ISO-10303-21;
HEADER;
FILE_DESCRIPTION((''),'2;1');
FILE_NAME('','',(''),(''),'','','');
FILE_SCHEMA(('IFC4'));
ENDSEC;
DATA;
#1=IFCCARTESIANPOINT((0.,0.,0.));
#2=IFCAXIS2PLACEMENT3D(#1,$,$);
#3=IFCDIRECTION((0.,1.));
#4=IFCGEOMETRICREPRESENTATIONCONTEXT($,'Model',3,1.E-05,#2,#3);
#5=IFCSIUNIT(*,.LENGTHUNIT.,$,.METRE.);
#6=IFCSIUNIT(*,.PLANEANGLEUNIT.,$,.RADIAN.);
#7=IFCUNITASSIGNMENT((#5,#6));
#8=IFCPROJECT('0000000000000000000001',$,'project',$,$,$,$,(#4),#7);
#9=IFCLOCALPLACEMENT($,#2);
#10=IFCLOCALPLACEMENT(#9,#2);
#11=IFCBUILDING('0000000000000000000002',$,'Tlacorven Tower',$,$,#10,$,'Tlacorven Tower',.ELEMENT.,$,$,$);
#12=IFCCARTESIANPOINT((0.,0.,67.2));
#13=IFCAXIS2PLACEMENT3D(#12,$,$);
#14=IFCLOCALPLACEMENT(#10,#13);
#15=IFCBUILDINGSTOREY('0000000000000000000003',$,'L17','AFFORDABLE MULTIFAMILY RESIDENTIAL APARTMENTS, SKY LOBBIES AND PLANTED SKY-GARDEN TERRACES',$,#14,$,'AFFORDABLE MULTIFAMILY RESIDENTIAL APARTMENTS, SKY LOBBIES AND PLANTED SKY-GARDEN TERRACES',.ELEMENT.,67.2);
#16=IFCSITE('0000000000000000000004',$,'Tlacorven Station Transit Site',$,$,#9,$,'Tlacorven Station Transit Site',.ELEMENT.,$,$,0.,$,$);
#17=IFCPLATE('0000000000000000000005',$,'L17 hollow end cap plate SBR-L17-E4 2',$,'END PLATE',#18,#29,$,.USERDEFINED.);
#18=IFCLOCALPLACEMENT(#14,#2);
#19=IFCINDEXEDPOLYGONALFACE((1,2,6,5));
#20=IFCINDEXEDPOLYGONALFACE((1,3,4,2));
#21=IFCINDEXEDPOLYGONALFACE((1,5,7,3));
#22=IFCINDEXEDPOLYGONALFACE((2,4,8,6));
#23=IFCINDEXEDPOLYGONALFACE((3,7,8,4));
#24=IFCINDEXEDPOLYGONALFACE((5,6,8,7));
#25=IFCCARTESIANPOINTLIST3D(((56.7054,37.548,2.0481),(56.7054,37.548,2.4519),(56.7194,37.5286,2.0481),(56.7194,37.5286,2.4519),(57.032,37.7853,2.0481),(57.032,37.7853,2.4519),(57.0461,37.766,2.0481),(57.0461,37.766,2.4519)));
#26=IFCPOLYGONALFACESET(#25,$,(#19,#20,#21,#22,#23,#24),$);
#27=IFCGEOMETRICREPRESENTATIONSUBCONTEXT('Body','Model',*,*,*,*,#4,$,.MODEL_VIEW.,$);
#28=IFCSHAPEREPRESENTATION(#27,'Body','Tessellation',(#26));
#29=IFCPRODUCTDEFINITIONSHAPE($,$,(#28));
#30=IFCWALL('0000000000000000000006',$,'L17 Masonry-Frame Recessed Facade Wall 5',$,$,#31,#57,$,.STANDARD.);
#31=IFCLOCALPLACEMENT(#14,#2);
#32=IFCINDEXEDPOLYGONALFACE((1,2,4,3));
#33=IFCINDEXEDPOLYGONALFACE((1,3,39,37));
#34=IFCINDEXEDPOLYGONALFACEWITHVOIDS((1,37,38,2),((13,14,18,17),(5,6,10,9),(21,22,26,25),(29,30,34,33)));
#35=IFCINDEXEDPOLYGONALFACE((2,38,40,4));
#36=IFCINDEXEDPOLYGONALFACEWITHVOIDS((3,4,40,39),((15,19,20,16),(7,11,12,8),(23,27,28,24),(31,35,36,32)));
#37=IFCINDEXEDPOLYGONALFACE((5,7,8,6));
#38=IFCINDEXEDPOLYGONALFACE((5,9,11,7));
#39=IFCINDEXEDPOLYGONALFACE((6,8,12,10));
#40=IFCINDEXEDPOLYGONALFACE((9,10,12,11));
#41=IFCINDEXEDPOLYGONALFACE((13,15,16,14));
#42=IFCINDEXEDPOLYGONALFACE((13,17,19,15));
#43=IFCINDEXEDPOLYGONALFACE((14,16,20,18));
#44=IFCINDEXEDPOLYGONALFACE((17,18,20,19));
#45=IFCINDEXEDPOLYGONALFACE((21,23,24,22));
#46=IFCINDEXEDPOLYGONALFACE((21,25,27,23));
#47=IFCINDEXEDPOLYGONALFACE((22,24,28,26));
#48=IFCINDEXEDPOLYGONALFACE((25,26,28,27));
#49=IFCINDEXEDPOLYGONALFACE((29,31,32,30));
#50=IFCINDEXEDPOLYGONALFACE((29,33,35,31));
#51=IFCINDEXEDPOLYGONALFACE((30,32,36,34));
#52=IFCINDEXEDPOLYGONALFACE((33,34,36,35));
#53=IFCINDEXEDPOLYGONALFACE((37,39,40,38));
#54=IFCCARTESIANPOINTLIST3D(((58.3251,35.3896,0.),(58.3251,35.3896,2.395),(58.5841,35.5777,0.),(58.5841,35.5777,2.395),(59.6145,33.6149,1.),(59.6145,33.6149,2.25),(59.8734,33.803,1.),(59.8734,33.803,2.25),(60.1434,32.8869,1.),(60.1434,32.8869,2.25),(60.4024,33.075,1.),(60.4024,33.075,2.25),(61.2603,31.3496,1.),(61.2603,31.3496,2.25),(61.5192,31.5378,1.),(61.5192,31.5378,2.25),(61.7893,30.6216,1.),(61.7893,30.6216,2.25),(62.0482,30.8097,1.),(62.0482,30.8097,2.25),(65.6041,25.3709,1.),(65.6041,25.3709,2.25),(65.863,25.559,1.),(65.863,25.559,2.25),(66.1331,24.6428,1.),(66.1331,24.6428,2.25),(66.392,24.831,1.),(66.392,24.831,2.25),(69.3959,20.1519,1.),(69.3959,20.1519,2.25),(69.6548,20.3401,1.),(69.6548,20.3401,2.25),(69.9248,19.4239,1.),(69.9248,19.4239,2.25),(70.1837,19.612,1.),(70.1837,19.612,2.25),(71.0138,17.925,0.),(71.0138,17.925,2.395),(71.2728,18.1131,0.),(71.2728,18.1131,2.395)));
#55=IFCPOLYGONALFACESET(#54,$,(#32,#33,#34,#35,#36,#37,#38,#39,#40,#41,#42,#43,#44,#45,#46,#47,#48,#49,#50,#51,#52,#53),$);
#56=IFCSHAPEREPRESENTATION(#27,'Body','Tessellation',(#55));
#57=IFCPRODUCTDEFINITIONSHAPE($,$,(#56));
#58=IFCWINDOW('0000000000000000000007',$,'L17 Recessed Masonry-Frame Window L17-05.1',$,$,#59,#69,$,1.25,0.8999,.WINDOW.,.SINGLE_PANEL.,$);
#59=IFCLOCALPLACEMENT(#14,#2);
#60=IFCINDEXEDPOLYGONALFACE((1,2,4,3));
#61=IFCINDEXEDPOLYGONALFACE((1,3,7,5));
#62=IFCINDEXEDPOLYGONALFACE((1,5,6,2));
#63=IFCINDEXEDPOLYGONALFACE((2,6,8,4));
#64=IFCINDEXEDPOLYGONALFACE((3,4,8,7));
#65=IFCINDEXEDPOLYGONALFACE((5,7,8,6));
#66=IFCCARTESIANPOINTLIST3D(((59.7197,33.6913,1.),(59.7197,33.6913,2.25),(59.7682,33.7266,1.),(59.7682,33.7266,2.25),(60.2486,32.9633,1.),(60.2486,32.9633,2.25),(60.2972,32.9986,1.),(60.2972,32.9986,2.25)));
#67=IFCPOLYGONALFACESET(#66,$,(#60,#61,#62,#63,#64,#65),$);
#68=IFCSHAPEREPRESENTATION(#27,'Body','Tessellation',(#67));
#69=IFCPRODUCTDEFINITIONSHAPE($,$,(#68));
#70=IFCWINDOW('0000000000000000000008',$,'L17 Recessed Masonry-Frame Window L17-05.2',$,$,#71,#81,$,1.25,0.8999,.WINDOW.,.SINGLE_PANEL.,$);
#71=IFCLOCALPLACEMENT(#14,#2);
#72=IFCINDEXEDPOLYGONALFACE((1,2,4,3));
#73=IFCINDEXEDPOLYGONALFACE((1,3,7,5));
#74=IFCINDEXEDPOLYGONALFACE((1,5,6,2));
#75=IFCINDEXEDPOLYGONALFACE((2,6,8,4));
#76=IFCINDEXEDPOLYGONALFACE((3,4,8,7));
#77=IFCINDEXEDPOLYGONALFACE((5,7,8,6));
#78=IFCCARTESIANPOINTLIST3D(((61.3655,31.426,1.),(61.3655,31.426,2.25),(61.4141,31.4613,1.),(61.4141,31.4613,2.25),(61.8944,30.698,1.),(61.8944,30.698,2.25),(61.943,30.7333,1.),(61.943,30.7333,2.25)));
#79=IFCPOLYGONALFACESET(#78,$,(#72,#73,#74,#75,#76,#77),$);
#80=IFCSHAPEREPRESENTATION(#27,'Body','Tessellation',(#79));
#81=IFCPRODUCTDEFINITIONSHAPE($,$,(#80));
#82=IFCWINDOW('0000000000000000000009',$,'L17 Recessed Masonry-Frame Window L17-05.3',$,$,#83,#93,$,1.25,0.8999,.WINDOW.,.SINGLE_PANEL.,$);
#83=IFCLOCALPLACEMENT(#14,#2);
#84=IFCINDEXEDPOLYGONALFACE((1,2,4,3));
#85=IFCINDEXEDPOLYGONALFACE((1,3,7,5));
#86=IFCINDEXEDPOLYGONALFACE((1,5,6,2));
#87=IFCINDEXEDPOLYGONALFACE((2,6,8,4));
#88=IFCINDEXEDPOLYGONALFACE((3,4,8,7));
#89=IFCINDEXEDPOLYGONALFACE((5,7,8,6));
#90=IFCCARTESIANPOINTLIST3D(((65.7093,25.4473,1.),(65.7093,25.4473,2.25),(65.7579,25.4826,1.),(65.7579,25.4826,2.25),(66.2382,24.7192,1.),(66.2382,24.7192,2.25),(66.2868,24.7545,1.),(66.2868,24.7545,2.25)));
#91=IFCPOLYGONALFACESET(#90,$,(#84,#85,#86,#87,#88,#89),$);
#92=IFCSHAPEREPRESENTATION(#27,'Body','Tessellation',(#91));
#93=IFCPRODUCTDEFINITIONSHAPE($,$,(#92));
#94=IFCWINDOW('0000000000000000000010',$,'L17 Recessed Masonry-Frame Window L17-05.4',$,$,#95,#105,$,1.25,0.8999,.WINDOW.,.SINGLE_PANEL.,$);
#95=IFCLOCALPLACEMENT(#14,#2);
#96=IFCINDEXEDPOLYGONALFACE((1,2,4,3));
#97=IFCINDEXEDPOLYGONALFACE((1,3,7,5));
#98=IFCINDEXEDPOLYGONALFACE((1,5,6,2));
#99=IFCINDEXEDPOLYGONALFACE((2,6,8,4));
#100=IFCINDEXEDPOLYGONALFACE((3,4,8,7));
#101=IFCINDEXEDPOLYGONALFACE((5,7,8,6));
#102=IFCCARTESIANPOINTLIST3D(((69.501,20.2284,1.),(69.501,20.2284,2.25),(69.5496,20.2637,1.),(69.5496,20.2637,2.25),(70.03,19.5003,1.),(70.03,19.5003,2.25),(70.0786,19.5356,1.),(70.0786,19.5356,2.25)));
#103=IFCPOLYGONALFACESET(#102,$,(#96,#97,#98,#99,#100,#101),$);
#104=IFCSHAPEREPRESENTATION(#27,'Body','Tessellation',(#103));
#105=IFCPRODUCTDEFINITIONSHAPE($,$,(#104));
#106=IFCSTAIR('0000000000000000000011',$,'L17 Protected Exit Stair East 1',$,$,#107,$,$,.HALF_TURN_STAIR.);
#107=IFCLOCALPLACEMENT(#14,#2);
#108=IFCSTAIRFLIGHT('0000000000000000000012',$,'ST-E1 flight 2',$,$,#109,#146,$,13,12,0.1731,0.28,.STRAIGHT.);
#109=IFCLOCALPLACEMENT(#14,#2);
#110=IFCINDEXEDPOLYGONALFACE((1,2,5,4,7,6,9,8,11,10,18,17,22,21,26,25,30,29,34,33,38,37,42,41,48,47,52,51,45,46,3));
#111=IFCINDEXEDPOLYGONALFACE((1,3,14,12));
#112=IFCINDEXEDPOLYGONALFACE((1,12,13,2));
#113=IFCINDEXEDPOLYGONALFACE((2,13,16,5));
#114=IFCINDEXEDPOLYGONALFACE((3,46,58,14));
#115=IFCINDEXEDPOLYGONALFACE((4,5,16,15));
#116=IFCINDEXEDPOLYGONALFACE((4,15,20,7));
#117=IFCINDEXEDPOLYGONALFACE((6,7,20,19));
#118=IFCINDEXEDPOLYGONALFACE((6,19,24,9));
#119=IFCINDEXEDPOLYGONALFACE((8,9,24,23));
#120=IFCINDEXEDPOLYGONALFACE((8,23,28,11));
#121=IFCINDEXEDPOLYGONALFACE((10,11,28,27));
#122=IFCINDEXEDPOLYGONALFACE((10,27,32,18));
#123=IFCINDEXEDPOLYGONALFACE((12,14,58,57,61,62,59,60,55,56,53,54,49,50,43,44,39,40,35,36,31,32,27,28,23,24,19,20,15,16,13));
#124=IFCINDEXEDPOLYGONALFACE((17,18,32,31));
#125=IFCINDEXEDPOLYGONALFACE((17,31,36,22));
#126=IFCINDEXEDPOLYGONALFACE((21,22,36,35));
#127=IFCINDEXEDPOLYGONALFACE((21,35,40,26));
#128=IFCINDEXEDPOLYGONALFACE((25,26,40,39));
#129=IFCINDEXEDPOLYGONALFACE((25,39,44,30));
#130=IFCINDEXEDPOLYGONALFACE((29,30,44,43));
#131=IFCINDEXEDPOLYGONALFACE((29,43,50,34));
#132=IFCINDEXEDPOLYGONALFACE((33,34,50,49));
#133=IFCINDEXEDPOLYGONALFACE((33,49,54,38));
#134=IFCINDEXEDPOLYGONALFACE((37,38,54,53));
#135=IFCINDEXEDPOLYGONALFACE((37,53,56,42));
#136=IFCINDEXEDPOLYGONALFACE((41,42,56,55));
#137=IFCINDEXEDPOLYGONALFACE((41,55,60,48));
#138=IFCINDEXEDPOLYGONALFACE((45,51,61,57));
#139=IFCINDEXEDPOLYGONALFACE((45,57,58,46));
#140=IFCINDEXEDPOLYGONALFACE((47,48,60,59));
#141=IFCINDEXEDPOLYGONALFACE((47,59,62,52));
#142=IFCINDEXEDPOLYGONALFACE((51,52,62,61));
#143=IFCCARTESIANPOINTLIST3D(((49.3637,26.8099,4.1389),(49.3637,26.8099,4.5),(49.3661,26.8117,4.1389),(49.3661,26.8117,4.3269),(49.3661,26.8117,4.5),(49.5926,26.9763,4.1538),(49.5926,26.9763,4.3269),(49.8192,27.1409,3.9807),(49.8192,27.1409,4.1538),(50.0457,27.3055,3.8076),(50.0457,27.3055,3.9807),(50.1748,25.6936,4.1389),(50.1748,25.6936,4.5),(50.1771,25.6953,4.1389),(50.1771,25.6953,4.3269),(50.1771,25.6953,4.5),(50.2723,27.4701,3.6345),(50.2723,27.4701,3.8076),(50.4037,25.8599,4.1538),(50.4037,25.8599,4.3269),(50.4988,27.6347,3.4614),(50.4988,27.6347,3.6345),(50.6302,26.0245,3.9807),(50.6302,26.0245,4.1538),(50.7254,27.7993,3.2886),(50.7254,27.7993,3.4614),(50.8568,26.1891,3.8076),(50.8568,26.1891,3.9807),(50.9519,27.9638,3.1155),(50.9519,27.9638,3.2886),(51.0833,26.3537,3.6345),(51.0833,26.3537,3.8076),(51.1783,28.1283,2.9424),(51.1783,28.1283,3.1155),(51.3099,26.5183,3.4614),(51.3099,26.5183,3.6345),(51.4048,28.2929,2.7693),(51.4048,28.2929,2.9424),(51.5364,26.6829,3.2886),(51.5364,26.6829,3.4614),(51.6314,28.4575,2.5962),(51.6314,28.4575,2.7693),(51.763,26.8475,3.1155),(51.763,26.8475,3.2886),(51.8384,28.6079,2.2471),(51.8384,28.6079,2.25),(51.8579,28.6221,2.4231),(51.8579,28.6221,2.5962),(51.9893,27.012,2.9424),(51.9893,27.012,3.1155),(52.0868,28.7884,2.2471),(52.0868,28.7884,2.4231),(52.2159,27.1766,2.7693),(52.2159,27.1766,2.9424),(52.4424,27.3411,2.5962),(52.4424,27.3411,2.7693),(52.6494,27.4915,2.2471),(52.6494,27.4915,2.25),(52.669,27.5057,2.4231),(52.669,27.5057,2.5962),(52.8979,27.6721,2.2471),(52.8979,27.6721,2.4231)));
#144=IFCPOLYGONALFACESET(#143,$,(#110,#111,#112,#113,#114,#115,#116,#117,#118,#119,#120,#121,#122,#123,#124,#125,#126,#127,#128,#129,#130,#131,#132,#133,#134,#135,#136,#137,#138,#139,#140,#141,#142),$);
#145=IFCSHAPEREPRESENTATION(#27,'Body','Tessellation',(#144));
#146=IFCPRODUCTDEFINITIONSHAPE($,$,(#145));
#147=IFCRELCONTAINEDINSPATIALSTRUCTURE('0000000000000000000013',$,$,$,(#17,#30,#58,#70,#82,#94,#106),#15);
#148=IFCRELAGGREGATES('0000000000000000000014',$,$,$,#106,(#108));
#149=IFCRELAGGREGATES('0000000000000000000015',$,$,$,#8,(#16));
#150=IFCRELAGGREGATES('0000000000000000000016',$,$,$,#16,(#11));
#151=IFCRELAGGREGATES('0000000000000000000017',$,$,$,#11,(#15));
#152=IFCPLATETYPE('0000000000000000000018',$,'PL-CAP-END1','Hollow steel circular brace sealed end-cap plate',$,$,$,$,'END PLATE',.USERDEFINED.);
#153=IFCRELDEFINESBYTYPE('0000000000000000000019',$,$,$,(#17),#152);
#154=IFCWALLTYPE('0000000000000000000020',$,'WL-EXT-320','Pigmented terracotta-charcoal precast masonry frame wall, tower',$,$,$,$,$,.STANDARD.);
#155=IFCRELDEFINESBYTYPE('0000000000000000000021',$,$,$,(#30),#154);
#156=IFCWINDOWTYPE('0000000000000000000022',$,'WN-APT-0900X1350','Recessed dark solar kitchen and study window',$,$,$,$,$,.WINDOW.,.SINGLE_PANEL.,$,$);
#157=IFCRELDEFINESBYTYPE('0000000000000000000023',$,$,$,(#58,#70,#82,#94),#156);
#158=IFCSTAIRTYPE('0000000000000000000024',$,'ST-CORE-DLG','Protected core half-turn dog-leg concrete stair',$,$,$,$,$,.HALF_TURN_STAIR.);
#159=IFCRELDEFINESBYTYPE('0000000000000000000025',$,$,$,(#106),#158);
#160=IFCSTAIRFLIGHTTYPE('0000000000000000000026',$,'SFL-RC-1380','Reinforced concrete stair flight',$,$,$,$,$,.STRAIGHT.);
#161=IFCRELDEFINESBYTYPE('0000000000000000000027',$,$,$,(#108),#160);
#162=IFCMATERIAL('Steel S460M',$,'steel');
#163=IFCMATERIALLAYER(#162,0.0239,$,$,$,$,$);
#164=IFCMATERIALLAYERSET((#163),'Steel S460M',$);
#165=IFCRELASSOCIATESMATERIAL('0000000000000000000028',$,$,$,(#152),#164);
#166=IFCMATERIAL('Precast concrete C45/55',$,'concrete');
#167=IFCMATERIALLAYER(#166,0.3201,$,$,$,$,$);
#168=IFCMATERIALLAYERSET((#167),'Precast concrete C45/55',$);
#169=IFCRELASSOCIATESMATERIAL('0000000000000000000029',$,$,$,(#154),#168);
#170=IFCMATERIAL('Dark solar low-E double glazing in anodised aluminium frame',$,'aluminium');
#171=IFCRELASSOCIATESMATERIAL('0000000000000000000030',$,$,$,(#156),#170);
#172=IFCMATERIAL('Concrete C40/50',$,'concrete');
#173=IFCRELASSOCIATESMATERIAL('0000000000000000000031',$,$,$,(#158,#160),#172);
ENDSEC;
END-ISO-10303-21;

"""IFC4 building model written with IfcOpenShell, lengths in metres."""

from ifc_helpers import new_model, si_unit, direction, frame, frame_2d, origin, origin_2d, place, context, subcontext, project, spatial, polyline, rectangle, outline, extrude, source, transform, mapped, material, layer, layer_set, type_object, element, fill, aggregate, save


model = new_model("IFC4")

# Units and contexts
model_context = context("Model", 3, precision=1e-05, world=origin(), true_north=direction((0.0, 1.0)))
body_context = subcontext(model_context, "Body", "Model", "MODEL_VIEW")
ifc_project = project(units=[si_unit("LENGTHUNIT", "METRE"), si_unit("PLANEANGLEUNIT", "RADIAN")], contexts=[model_context])

# Site, building, storey
site_placement = place(None, origin())
site = spatial("IfcSite", under=ifc_project, at=site_placement, Name="Tlacorven Station Transit Site", LongName="Tlacorven Station Transit Site", CompositionType="ELEMENT", RefElevation=0.0)
building_placement = place(site_placement, origin())
building = spatial("IfcBuilding", under=site, at=building_placement, Name="Tlacorven Tower", LongName="Tlacorven Tower", CompositionType="ELEMENT")
storey_placement = place(building_placement, frame((0.0, 0.0, 67.2)))
storey = spatial("IfcBuildingStorey", under=building, at=storey_placement, Name="L17", Description="AFFORDABLE MULTIFAMILY RESIDENTIAL APARTMENTS, SKY LOBBIES AND PLANTED SKY-GARDEN TERRACES", LongName="AFFORDABLE MULTIFAMILY RESIDENTIAL APARTMENTS, SKY LOBBIES AND PLANTED SKY-GARDEN TERRACES", CompositionType="ELEMENT", Elevation=67.2)

# Shared definitions
ifc_material_1 = material(Name="Steel S460M", Category="steel")

# Plate
ifc_layer_1 = layer(ifc_material_1, 0.0239)
ifc_layer_set_1 = layer_set([ifc_layer_1], Name="Steel S460M")
plate_type_1 = type_object("IfcPlateType", Name="PL-CAP-END1", Description="Hollow steel circular brace sealed end-cap plate", ElementType="END PLATE", PredefinedType="USERDEFINED", material=ifc_layer_set_1)
shared_shape_1 = source(origin(), body_context, "Body", "SweptSolid", [
    extrude(rectangle(XDim=0.0239, YDim=0.4038, at=origin_2d()), origin(), (0.0, 0.0, 1.0), 0.4038),
])
for number, where, z_axis, x_axis, name in (
    (1, (56.8757, 37.657, 2.0481), (0.0, 0.0, 1.0), (-0.587784, 0.809018, 0.0), "L17 hollow end cap plate SBR-L17-E4 2"),
):
    element("IfcPlate", number, at=place(storey_placement, frame(where, z_axis=z_axis, x_axis=x_axis)), inside=storey, type_object=plate_type_1, Name=name, ObjectType="END PLATE", PredefinedType="USERDEFINED", context=body_context, shape_type="MappedRepresentation", body=[
        mapped(shared_shape_1, transform((0.0, 0.0, 0.0), scale=1.0)),
    ])

# Wall, openings, windows
ifc_material_2 = material(Name="Precast concrete C45/55", Category="concrete")
ifc_layer_2 = layer(ifc_material_2, 0.3201)
ifc_layer_set_2 = layer_set([ifc_layer_2], Name="Precast concrete C45/55")
wall_type = type_object("IfcWallType", Name="WL-EXT-320", Description="Pigmented terracotta-charcoal precast masonry frame wall, tower", PredefinedType="STANDARD", material=ifc_layer_set_2)
wall_placement = place(storey_placement, frame((58.4546, 35.4836, 0.0), z_axis=(0.0, 0.0, 1.0), x_axis=(0.587784, -0.809018, 0.0)))
wall = element("IfcWall", 2, at=wall_placement, inside=storey, type_object=wall_type, Name="L17 Masonry-Frame Recessed Facade Wall 5", PredefinedType="STANDARD", context=body_context, shape_type="SweptSolid", body=[
    extrude(rectangle(XDim=21.5874, YDim=0.3201, at=frame_2d((10.7937, 0.0))), origin(), (0.0, 0.0, 1.0), 2.395),
])
opening_1_placement = place(wall_placement, frame((2.1936, 0.0, 1.0)))
opening_1 = element("IfcOpeningElement", 3, at=opening_1_placement, cuts=wall, PredefinedType="OPENING", context=body_context, shape_type="SweptSolid", body=[
    extrude(rectangle(XDim=0.8999, YDim=1.25, at=frame_2d((0.45, 0.625))), frame((0.0, 0.1699, 0.0), z_axis=(0.0, -1.0, 0.0), x_axis=(1.0, 0.0, 0.0)), (0.0, 0.0, 1.0), 0.3401),
])
opening_2_placement = place(wall_placement, frame((4.9937, 0.0, 1.0)))
opening_2 = element("IfcOpeningElement", 4, at=opening_2_placement, cuts=wall, PredefinedType="OPENING", context=body_context, shape_type="SweptSolid", body=[
    extrude(rectangle(XDim=0.8999, YDim=1.25, at=frame_2d((0.45, 0.625))), frame((0.0, 0.1699, 0.0), z_axis=(0.0, -1.0, 0.0), x_axis=(1.0, 0.0, 0.0)), (0.0, 0.0, 1.0), 0.3401),
])
opening_3_placement = place(wall_placement, frame((12.3838, 0.0, 1.0)))
opening_3 = element("IfcOpeningElement", 5, at=opening_3_placement, cuts=wall, PredefinedType="OPENING", context=body_context, shape_type="SweptSolid", body=[
    extrude(rectangle(XDim=0.8999, YDim=1.25, at=frame_2d((0.45, 0.625))), frame((0.0, 0.1699, 0.0), z_axis=(0.0, -1.0, 0.0), x_axis=(1.0, 0.0, 0.0)), (0.0, 0.0, 1.0), 0.3401),
])
opening_4_placement = place(wall_placement, frame((18.8347, 0.0, 1.0)))
opening_4 = element("IfcOpeningElement", 6, at=opening_4_placement, cuts=wall, PredefinedType="OPENING", context=body_context, shape_type="SweptSolid", body=[
    extrude(rectangle(XDim=0.8999, YDim=1.25, at=frame_2d((0.45, 0.625))), frame((0.0, 0.1699, 0.0), z_axis=(0.0, -1.0, 0.0), x_axis=(1.0, 0.0, 0.0)), (0.0, 0.0, 1.0), 0.3401),
])
ifc_material_3 = material(Name="Dark solar low-E double glazing in anodised aluminium frame", Category="aluminium")
window_type = type_object("IfcWindowType", Name="WN-APT-0900X1350", Description="Recessed dark solar kitchen and study window", PartitioningType="SINGLE_PANEL", PredefinedType="WINDOW", material=ifc_material_3)
shared_shape_2 = source(origin(), body_context, "Body", "SweptSolid", [
    extrude(rectangle(XDim=0.8999, YDim=1.25, at=frame_2d((0.45, 0.625))), frame((0.0, 0.03, 0.0), z_axis=(0.0, -1.0, 0.0), x_axis=(1.0, 0.0, 0.0)), (0.0, 0.0, 1.0), 0.0601),
])
window_1_placement = place(opening_1_placement, origin())
window_1 = element("IfcWindow", 7, at=window_1_placement, inside=storey, type_object=window_type, Name="L17 Recessed Masonry-Frame Window L17-05.1", OverallHeight=1.25, OverallWidth=0.8999, PartitioningType="SINGLE_PANEL", PredefinedType="WINDOW", context=body_context, shape_type="MappedRepresentation", body=[
    mapped(shared_shape_2, transform((0.0, 0.0, 0.0), scale=1.0)),
])
fill(opening_1, window_1)
window_2_placement = place(opening_2_placement, origin())
window_2 = element("IfcWindow", 8, at=window_2_placement, inside=storey, type_object=window_type, Name="L17 Recessed Masonry-Frame Window L17-05.2", OverallHeight=1.25, OverallWidth=0.8999, PartitioningType="SINGLE_PANEL", PredefinedType="WINDOW", context=body_context, shape_type="MappedRepresentation", body=[
    mapped(shared_shape_2, transform((0.0, 0.0, 0.0), scale=1.0)),
])
fill(opening_2, window_2)
window_3_placement = place(opening_3_placement, origin())
window_3 = element("IfcWindow", 9, at=window_3_placement, inside=storey, type_object=window_type, Name="L17 Recessed Masonry-Frame Window L17-05.3", OverallHeight=1.25, OverallWidth=0.8999, PartitioningType="SINGLE_PANEL", PredefinedType="WINDOW", context=body_context, shape_type="MappedRepresentation", body=[
    mapped(shared_shape_2, transform((0.0, 0.0, 0.0), scale=1.0)),
])
fill(opening_3, window_3)
window_4_placement = place(opening_4_placement, origin())
window_4 = element("IfcWindow", 10, at=window_4_placement, inside=storey, type_object=window_type, Name="L17 Recessed Masonry-Frame Window L17-05.4", OverallHeight=1.25, OverallWidth=0.8999, PartitioningType="SINGLE_PANEL", PredefinedType="WINDOW", context=body_context, shape_type="MappedRepresentation", body=[
    mapped(shared_shape_2, transform((0.0, 0.0, 0.0), scale=1.0)),
])
fill(opening_4, window_4)

# Stair, stair flight
ifc_material_4 = material(Name="Concrete C40/50", Category="concrete")
stair_type = type_object("IfcStairType", Name="ST-CORE-DLG", Description="Protected core half-turn dog-leg concrete stair", PredefinedType="HALF_TURN_STAIR", material=ifc_material_4)
stair_placement = place(storey_placement, origin())
stair = element("IfcStair", 11, at=stair_placement, inside=storey, type_object=stair_type, Name="L17 Protected Exit Stair East 1", PredefinedType="HALF_TURN_STAIR")
stair_flight_type = type_object("IfcStairFlightType", Name="SFL-RC-1380", Description="Reinforced concrete stair flight", PredefinedType="STRAIGHT", material=ifc_material_4)
shared_shape_3 = source(origin(), body_context, "Body", "SweptSolid", [
    extrude(outline(polyline([(-0.0029, -0.0029), (-0.0029, 0.1731), (0.28, 0.1731), (0.28, 0.3462), (0.5601, 0.3462), (0.5601, 0.5193), (0.8401, 0.5193), (0.8401, 0.6924), (1.1201, 0.6924), (1.1201, 0.8655), (1.3999, 0.8655), (1.3999, 1.0386), (1.6799, 1.0386), (1.6799, 1.2114), (1.96, 1.2114), (1.96, 1.3845), (2.24, 1.3845), (2.24, 1.5576), (2.52, 1.5576), (2.52, 1.7307), (2.8, 1.7307), (2.8, 1.9038), (3.0801, 1.9038), (3.0801, 2.0769), (3.3601, 2.0769), (3.3601, 2.25), (3.363, 2.25), (3.363, 1.8889), (3.3601, 1.8889), (0.3042, 0.0), (0.3042, -0.0029), (-0.0029, -0.0029)])), frame((0.0, 0.6899, 0.0), z_axis=(0.0, -1.0, 0.0), x_axis=(1.0, 0.0, 0.0)), (0.0, 0.0, 1.0), 1.3799),
])
stair_flight_placement = place(storey_placement, frame((52.49, 28.2285, 2.25), z_axis=(0.0, 0.0, 1.0), x_axis=(-0.809017, -0.587785, 0.0)))
stair_flight = element("IfcStairFlight", 12, at=stair_flight_placement, type_object=stair_flight_type, Name="ST-E1 flight 2", NumberOfRisers=13, NumberOfTreads=12, PredefinedType="STRAIGHT", RiserHeight=0.1731, TreadLength=0.28, context=body_context, shape_type="MappedRepresentation", body=[
    mapped(shared_shape_3, transform((0.0, 0.0, 0.0), scale=1.0)),
])
aggregate(stair, [stair_flight])

save(model, "model.ifc")
